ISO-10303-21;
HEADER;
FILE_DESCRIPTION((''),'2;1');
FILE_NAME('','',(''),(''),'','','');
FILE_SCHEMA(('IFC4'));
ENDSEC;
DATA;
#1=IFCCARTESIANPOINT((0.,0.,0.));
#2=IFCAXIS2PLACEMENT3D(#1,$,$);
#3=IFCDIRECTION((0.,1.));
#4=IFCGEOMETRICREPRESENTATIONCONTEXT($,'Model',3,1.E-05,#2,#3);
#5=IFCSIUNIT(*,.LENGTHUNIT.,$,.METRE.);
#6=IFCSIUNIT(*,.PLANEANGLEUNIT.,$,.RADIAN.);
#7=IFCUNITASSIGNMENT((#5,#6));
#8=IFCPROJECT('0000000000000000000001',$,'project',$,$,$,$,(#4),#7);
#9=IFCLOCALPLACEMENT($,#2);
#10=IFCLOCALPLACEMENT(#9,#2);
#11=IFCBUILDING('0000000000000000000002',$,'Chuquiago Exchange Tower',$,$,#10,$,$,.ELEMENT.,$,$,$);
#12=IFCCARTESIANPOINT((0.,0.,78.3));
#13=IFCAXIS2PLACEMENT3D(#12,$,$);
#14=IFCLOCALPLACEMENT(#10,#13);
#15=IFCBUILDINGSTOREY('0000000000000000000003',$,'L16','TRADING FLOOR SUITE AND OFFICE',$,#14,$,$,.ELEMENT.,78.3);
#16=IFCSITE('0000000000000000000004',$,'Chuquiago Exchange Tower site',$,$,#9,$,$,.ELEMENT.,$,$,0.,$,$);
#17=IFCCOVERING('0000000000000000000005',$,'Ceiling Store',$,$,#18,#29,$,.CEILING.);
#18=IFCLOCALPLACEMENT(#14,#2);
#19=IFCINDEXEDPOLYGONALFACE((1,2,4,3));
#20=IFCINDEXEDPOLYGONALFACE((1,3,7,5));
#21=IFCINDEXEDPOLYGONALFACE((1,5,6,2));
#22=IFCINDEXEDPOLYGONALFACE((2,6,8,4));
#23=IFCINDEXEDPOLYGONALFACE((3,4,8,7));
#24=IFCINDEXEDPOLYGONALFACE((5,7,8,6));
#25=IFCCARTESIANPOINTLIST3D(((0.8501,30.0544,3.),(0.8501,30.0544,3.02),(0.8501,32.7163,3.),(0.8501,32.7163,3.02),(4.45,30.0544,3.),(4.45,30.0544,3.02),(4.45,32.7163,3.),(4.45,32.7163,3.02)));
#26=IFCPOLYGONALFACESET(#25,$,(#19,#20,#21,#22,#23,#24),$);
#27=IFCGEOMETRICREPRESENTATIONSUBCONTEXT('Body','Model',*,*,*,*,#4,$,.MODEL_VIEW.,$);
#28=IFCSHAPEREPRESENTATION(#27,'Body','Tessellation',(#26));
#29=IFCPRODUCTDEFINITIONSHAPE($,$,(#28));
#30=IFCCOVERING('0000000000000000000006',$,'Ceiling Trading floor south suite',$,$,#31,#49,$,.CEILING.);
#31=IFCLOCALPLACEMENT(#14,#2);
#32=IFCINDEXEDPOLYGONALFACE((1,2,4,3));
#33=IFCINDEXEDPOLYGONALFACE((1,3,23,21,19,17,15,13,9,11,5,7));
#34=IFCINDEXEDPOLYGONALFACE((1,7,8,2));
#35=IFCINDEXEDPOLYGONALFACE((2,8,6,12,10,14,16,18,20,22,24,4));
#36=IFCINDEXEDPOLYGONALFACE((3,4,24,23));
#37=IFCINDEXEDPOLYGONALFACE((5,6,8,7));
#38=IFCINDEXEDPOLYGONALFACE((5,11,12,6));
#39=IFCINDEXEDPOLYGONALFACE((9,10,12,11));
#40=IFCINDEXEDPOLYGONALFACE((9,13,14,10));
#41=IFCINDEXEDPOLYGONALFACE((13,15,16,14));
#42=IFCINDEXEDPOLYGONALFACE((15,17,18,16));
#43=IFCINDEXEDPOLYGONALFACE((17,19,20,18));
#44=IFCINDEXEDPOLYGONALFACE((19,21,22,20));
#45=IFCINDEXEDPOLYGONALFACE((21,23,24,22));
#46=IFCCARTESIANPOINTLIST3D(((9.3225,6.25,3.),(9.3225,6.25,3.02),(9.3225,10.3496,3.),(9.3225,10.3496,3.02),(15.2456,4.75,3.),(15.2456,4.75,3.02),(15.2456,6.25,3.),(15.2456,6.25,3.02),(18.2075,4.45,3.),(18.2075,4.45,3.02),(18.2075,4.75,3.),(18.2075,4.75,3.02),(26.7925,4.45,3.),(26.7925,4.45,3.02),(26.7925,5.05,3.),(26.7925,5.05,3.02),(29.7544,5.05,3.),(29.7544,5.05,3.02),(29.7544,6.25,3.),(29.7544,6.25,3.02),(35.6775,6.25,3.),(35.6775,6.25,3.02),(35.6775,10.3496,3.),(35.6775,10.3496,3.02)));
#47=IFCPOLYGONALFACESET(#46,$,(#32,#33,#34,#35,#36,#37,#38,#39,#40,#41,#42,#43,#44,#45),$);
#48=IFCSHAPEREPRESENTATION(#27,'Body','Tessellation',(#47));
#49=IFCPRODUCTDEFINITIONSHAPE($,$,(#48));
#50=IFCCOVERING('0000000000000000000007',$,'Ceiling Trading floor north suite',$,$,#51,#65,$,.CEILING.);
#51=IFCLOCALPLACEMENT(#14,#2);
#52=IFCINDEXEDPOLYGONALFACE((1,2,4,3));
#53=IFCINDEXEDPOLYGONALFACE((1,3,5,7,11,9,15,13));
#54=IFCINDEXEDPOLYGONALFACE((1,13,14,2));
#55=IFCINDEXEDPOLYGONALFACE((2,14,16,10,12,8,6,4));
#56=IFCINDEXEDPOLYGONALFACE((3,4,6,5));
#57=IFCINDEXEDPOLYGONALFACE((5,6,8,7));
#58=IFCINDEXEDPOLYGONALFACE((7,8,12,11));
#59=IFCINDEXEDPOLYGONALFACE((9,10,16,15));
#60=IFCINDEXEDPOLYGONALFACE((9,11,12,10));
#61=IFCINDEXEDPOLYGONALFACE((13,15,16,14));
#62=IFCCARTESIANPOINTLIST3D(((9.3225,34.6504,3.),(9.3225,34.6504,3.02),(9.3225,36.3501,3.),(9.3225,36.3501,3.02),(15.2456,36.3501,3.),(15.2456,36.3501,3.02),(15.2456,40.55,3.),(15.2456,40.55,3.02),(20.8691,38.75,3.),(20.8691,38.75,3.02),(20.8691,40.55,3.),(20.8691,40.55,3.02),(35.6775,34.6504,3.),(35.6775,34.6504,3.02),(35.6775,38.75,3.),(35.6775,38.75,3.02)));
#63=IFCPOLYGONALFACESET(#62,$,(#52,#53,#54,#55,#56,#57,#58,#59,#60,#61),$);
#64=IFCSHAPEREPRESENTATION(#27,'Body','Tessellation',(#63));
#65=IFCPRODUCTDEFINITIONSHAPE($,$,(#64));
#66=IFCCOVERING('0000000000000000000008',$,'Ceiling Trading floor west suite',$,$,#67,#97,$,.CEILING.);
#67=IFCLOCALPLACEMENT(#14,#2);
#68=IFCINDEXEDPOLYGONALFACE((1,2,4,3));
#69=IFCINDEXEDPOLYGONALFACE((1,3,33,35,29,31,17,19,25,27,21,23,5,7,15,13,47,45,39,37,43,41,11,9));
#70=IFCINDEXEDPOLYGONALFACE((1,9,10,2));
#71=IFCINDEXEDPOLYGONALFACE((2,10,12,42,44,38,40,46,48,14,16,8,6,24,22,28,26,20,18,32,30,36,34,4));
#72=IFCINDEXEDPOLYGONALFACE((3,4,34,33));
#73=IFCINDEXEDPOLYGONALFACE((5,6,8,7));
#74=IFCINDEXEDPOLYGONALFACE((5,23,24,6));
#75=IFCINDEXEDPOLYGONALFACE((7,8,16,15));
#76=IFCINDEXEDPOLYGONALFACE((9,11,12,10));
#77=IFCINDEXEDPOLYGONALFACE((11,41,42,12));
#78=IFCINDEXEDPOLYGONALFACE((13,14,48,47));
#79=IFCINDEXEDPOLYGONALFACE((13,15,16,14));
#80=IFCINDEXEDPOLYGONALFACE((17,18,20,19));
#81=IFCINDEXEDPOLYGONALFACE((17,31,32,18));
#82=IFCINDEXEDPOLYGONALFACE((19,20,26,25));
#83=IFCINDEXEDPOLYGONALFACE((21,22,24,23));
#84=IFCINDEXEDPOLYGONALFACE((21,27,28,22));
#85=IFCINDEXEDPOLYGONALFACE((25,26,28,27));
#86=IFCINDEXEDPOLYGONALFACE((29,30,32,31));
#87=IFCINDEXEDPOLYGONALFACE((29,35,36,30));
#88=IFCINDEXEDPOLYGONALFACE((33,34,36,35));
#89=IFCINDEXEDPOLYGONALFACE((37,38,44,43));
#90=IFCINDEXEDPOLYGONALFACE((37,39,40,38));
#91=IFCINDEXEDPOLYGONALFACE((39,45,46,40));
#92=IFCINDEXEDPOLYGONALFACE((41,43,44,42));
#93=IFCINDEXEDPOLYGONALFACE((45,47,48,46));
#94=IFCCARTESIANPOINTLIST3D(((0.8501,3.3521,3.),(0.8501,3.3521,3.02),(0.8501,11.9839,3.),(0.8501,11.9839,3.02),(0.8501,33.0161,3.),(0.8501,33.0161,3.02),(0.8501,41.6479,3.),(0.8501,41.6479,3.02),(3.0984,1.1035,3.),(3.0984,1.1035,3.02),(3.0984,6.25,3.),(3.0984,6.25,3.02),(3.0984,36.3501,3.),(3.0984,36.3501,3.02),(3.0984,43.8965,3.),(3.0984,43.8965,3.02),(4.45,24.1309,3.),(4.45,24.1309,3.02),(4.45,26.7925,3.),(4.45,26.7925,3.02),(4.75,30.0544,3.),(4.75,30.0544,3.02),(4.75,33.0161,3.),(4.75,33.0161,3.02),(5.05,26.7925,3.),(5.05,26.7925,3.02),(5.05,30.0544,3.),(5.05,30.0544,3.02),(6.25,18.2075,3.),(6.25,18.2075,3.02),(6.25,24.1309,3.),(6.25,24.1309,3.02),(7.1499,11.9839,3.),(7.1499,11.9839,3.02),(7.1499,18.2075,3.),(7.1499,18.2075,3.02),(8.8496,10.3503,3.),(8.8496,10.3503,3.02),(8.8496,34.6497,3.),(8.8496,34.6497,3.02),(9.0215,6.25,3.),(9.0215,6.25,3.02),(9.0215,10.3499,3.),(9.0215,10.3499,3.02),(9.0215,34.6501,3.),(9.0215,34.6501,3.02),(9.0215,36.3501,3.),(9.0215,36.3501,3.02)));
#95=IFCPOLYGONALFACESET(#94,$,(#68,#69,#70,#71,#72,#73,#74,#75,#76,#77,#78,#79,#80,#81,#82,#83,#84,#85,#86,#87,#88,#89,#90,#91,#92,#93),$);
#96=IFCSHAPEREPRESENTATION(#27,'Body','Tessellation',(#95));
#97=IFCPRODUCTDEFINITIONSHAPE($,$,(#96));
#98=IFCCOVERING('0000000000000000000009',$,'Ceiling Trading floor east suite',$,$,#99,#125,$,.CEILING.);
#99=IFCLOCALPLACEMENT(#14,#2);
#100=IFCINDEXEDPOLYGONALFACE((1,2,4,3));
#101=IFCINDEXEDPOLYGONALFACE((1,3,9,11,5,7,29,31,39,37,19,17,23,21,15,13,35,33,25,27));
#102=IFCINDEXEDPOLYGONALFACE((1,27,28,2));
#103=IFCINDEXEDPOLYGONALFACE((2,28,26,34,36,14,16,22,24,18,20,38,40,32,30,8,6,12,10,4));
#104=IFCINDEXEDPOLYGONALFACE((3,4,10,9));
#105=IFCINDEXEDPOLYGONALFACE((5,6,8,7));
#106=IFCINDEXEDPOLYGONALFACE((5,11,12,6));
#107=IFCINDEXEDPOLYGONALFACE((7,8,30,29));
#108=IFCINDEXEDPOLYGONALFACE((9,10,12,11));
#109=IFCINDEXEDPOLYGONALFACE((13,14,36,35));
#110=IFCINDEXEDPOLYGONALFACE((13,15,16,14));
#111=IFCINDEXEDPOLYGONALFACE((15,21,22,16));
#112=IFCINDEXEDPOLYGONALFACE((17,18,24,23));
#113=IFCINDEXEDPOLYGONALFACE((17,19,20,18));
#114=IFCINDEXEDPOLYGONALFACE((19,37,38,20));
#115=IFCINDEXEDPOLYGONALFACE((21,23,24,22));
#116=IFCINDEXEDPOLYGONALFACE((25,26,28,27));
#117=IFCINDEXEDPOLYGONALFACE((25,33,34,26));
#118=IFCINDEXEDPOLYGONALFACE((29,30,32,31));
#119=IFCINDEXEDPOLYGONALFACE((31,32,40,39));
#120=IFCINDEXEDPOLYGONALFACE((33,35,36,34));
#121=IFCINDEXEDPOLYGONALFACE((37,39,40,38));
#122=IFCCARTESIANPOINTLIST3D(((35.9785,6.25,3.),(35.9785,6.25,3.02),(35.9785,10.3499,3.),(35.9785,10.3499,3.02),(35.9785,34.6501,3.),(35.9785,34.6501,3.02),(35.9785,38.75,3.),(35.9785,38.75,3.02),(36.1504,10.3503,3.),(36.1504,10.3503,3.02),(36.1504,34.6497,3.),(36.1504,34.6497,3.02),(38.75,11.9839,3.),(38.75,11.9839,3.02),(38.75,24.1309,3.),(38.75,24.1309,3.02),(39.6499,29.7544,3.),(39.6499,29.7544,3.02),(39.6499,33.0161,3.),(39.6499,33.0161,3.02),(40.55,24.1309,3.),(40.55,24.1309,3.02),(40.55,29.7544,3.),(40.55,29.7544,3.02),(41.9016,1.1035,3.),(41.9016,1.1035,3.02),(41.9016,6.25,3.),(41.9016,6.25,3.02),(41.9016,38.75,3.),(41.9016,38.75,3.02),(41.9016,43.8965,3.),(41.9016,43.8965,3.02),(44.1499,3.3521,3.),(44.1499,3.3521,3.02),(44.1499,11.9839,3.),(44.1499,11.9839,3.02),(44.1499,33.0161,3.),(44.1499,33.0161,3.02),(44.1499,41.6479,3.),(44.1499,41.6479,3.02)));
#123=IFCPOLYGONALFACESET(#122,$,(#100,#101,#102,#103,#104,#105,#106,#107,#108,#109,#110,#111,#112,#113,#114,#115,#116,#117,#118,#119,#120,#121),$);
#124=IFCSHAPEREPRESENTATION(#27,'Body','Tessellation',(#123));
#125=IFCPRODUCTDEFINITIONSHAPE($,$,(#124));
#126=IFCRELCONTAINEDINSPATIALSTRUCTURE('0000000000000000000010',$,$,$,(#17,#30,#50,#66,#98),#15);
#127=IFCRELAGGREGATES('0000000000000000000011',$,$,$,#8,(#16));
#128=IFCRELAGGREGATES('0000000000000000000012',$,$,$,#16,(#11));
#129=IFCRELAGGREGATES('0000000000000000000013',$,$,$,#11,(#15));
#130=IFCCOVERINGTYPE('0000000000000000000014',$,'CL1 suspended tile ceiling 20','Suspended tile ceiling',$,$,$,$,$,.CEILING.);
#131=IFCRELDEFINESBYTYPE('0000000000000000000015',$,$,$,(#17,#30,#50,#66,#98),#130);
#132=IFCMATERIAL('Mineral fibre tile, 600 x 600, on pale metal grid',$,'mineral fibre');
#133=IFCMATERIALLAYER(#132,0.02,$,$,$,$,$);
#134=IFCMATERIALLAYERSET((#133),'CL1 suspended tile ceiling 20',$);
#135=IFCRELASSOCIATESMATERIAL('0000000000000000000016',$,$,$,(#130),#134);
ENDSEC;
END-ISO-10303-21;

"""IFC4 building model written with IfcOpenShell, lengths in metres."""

from ifc_helpers import new_model, si_unit, direction, frame, origin, place, context, subcontext, project, spatial, polyline, outline, extrude, material, layer, layer_set, type_object, element, save


model = new_model("IFC4")

# Units and contexts
model_context = context("Model", 3, precision=1e-05, world=origin(), true_north=direction((0.0, 1.0)))
body_context = subcontext(model_context, "Body", "Model", "MODEL_VIEW")
ifc_project = project(units=[si_unit("LENGTHUNIT", "METRE"), si_unit("PLANEANGLEUNIT", "RADIAN")], contexts=[model_context])

# Site, building, storey
site_placement = place(None, origin())
site = spatial("IfcSite", under=ifc_project, at=site_placement, Name="Chuquiago Exchange Tower site", CompositionType="ELEMENT", RefElevation=0.0)
building_placement = place(site_placement, origin())
building = spatial("IfcBuilding", under=site, at=building_placement, Name="Chuquiago Exchange Tower", CompositionType="ELEMENT")
storey_placement = place(building_placement, frame((0.0, 0.0, 78.3)))
storey = spatial("IfcBuildingStorey", under=building, at=storey_placement, Name="L16", Description="TRADING FLOOR SUITE AND OFFICE", CompositionType="ELEMENT", Elevation=78.3)

# Coverings
ifc_material_1 = material(Name="Mineral fibre tile, 600 x 600, on pale metal grid", Category="mineral fibre")
ifc_layer_1 = layer(ifc_material_1, 0.02)
ifc_layer_set_1 = layer_set([ifc_layer_1], Name="CL1 suspended tile ceiling 20")
covering_type_1 = type_object("IfcCoveringType", Name="CL1 suspended tile ceiling 20", Description="Suspended tile ceiling", PredefinedType="CEILING", material=ifc_layer_set_1)
covering_1_placement = place(storey_placement, frame((0.0, 0.0, 3.0)))
element("IfcCovering", 1, at=covering_1_placement, inside=storey, type_object=covering_type_1, Name="Ceiling Store", PredefinedType="CEILING", context=body_context, shape_type="SweptSolid", body=[
    extrude(outline(polyline([(4.45, 32.7163), (4.45, 30.0544), (0.8501, 30.0544), (0.8501, 32.7163), (4.45, 32.7163)])), origin(), (0.0, 0.0, 1.0), 0.02),
])
covering_2_placement = place(storey_placement, frame((0.0, 0.0, 3.0)))
element("IfcCovering", 2, at=covering_2_placement, inside=storey, type_object=covering_type_1, Name="Ceiling Trading floor south suite", PredefinedType="CEILING", context=body_context, shape_type="SweptSolid", body=[
    extrude(outline(polyline([(29.7544, 6.25), (29.7544, 5.05), (26.7925, 5.05), (26.7925, 4.45), (18.2075, 4.45), (18.2075, 4.75), (15.2456, 4.75), (15.2456, 6.25), (9.3225, 6.25), (9.3225, 10.3496), (35.6775, 10.3496), (35.6775, 6.25), (29.7544, 6.25)])), origin(), (0.0, 0.0, 1.0), 0.02),
])
covering_3_placement = place(storey_placement, frame((0.0, 0.0, 3.0)))
element("IfcCovering", 3, at=covering_3_placement, inside=storey, type_object=covering_type_1, Name="Ceiling Trading floor north suite", PredefinedType="CEILING", context=body_context, shape_type="SweptSolid", body=[
    extrude(outline(polyline([(15.2456, 40.55), (20.8691, 40.55), (20.8691, 38.75), (35.6775, 38.75), (35.6775, 34.6504), (9.3225, 34.6504), (9.3225, 36.3501), (15.2456, 36.3501), (15.2456, 40.55)])), origin(), (0.0, 0.0, 1.0), 0.02),
])
covering_4_placement = place(storey_placement, frame((0.0, 0.0, 3.0)))
element("IfcCovering", 4, at=covering_4_placement, inside=storey, type_object=covering_type_1, Name="Ceiling Trading floor west suite", PredefinedType="CEILING", context=body_context, shape_type="SweptSolid", body=[
    extrude(outline(polyline([(3.0984, 36.3501), (9.0215, 36.3501), (9.0215, 34.6501), (8.8496, 34.6497), (8.8496, 10.3503), (9.0215, 10.3499), (9.0215, 6.25), (3.0984, 6.25), (3.0984, 1.1035), (0.8501, 3.3521), (0.8501, 11.9839), (7.1499, 11.9839), (7.1499, 18.2075), (6.25, 18.2075), (6.25, 24.1309), (4.45, 24.1309), (4.45, 26.7925), (5.05, 26.7925), (5.05, 30.0544), (4.75, 30.0544), (4.75, 33.0161), (0.8501, 33.0161), (0.8501, 41.6479), (3.0984, 43.8965), (3.0984, 36.3501)])), origin(), (0.0, 0.0, 1.0), 0.02),
])
covering_5_placement = place(storey_placement, frame((0.0, 0.0, 3.0)))
element("IfcCovering", 5, at=covering_5_placement, inside=storey, type_object=covering_type_1, Name="Ceiling Trading floor east suite", PredefinedType="CEILING", context=body_context, shape_type="SweptSolid", body=[
    extrude(outline(polyline([(41.9016, 38.75), (41.9016, 43.8965), (44.1499, 41.6479), (44.1499, 33.0161), (39.6499, 33.0161), (39.6499, 29.7544), (40.55, 29.7544), (40.55, 24.1309), (38.75, 24.1309), (38.75, 11.9839), (44.1499, 11.9839), (44.1499, 3.3521), (41.9016, 1.1035), (41.9016, 6.25), (35.9785, 6.25), (35.9785, 10.3499), (36.1504, 10.3503), (36.1504, 34.6497), (35.9785, 34.6501), (35.9785, 38.75), (41.9016, 38.75)])), origin(), (0.0, 0.0, 1.0), 0.02),
])

save(model, "model.ifc")
